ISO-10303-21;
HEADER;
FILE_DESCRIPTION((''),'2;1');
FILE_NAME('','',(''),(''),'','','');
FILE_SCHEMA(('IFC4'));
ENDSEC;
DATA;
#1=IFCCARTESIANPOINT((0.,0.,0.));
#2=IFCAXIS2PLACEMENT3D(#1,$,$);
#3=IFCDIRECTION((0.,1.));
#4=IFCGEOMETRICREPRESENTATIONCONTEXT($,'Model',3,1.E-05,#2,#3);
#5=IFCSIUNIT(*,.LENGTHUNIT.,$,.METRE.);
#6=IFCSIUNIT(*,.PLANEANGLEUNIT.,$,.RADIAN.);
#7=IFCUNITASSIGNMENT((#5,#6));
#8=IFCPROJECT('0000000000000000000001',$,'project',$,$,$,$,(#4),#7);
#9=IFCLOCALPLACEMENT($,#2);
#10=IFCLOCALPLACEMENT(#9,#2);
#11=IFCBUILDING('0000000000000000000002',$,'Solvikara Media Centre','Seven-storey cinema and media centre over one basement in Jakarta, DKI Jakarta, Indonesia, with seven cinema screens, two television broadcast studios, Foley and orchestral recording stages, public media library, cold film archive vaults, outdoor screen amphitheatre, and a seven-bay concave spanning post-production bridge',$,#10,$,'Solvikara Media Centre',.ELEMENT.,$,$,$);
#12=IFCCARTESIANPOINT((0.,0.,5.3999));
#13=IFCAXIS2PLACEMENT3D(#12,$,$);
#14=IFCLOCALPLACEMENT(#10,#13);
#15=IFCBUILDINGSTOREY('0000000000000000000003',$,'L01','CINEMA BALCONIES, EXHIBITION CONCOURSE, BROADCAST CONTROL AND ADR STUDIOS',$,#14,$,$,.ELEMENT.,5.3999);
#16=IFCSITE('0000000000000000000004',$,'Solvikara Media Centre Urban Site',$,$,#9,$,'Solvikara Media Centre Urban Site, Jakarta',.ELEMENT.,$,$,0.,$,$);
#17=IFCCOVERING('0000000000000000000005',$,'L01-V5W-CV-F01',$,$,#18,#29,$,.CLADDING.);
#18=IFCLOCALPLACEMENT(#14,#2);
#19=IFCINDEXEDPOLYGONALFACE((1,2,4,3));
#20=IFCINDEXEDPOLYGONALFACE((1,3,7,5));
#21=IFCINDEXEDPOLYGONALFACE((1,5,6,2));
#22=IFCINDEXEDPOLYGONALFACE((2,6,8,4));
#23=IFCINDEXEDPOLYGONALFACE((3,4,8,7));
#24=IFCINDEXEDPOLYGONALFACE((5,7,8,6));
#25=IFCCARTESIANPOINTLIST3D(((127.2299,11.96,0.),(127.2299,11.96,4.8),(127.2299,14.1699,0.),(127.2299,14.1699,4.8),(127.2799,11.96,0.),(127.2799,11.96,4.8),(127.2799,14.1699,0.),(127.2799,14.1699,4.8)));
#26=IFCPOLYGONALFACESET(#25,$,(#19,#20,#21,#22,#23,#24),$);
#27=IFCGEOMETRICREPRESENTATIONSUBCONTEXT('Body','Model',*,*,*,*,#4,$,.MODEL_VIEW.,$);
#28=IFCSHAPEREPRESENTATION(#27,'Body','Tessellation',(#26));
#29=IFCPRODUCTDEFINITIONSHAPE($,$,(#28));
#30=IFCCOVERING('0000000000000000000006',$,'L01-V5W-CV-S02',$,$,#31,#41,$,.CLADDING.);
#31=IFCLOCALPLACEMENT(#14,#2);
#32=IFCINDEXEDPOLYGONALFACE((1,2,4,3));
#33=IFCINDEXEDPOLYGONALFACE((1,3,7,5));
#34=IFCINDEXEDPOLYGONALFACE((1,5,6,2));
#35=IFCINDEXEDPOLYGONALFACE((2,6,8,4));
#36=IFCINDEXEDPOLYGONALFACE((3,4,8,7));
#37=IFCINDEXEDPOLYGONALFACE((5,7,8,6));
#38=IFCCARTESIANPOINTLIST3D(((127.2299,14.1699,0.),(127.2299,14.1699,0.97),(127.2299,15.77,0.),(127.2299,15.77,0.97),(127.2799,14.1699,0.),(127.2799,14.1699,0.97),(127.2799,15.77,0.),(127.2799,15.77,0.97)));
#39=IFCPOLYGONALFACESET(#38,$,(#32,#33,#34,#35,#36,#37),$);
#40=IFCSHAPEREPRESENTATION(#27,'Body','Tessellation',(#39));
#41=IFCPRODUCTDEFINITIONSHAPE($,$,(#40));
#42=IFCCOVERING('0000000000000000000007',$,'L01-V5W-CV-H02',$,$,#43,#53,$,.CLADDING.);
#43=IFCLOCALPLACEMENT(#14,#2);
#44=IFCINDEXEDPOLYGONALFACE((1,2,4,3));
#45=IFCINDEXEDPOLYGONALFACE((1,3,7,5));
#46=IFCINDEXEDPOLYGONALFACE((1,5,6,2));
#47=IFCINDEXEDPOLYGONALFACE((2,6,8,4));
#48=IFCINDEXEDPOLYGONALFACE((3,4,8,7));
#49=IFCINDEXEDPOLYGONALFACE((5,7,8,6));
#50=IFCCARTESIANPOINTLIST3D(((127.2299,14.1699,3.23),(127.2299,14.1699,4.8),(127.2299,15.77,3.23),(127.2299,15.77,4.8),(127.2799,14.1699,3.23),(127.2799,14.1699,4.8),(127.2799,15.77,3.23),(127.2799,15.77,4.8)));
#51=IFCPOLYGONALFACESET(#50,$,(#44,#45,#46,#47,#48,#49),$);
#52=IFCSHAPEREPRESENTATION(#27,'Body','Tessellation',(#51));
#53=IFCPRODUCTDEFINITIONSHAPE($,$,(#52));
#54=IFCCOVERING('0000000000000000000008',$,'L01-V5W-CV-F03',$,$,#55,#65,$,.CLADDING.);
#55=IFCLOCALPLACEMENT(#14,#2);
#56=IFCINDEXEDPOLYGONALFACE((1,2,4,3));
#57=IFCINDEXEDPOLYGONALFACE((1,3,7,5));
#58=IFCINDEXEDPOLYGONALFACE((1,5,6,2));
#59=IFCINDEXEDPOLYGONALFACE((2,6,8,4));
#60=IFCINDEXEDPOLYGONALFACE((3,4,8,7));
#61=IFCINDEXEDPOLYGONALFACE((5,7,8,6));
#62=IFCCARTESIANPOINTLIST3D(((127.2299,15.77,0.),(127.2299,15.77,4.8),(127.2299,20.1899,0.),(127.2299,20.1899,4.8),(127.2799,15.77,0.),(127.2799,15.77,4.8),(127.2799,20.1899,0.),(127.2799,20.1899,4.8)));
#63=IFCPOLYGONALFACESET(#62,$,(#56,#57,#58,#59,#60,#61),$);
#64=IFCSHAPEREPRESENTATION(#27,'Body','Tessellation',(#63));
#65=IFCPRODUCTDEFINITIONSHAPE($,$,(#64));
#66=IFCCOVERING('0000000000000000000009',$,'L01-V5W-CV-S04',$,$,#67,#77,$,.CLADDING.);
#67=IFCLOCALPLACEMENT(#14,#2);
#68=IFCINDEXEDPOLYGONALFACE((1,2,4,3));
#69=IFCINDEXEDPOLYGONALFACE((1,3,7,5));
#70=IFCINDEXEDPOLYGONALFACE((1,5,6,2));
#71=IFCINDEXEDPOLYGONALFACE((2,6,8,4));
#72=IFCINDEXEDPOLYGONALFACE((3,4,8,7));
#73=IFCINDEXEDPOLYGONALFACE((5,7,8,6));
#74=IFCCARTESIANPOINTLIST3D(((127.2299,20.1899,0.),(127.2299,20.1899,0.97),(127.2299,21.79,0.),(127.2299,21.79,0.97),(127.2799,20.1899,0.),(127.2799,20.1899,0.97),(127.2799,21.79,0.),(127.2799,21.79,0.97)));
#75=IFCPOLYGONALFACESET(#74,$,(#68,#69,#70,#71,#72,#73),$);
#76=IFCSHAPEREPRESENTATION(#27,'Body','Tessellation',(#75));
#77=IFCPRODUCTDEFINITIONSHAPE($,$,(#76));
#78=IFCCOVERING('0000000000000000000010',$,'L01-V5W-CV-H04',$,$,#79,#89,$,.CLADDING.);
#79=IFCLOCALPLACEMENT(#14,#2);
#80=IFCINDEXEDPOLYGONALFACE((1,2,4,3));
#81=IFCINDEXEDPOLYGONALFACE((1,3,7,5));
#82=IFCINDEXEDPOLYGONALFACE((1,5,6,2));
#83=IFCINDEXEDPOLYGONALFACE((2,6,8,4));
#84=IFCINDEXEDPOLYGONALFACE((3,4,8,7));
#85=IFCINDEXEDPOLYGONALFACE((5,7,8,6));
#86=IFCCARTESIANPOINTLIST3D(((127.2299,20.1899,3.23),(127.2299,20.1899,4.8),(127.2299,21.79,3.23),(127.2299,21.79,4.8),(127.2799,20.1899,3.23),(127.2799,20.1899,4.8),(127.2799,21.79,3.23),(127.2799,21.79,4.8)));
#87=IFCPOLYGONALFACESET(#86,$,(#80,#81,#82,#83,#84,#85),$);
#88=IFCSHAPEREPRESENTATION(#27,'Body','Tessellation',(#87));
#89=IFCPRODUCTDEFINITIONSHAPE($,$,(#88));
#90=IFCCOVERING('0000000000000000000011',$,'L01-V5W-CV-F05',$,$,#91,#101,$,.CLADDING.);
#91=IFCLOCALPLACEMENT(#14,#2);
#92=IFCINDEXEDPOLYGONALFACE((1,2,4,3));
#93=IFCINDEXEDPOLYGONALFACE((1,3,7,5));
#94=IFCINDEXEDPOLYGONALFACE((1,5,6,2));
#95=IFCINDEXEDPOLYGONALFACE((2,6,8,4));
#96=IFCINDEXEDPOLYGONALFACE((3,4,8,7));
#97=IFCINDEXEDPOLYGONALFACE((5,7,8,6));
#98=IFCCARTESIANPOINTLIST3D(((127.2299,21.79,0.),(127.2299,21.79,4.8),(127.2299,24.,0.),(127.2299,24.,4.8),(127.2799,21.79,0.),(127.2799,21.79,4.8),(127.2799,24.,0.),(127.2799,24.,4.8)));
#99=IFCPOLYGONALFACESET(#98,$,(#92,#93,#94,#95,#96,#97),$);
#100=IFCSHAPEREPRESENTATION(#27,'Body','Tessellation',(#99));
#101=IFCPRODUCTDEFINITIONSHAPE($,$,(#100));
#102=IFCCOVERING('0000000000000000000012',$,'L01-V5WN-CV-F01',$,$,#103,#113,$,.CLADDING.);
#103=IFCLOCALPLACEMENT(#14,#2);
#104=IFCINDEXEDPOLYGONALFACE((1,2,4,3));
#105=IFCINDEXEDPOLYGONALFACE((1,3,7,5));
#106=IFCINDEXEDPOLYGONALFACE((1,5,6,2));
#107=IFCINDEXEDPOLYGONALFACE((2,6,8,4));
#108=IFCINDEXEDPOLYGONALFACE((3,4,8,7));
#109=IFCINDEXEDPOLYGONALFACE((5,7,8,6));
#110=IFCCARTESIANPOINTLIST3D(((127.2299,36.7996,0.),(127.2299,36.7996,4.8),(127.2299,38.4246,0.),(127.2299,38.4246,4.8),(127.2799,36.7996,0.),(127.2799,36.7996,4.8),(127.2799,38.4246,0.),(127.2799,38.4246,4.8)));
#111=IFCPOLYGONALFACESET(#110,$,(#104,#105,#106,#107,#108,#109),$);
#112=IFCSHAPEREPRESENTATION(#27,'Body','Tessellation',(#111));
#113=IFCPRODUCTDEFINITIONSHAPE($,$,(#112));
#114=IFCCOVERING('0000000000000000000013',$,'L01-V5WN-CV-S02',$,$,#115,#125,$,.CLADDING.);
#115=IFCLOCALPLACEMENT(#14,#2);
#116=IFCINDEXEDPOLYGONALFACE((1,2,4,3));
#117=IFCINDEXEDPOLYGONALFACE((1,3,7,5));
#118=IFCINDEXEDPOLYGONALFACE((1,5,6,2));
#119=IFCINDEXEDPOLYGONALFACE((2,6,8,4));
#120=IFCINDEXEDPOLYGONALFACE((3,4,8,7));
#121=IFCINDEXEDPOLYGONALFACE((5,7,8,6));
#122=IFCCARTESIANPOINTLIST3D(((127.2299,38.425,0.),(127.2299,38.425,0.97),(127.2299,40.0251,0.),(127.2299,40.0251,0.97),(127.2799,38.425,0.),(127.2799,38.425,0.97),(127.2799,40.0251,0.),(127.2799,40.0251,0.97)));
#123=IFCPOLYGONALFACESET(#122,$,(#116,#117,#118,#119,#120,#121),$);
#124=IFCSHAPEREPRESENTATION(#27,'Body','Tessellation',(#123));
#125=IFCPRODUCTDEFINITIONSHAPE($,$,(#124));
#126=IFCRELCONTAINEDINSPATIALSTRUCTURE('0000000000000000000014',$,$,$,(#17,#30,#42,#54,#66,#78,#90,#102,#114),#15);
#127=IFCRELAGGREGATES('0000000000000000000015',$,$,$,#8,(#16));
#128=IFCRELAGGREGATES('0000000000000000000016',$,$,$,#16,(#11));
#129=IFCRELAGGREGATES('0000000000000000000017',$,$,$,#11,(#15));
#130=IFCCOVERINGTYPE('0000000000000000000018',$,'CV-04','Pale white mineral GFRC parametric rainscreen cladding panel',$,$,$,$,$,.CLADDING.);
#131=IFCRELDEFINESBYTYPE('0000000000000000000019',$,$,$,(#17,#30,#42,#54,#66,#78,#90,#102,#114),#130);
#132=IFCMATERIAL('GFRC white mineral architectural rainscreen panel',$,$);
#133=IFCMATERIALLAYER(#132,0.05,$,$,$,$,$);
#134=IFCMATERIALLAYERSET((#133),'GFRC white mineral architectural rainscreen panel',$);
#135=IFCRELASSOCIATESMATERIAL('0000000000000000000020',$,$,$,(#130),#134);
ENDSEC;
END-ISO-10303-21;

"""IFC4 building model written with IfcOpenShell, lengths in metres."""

from ifc_helpers import new_model, si_unit, direction, frame, origin, origin_2d, place, context, subcontext, project, spatial, rectangle, extrude, material, layer, layer_set, type_object, element, save


model = new_model("IFC4")

# Units and contexts
model_context = context("Model", 3, precision=1e-05, world=origin(), true_north=direction((0.0, 1.0)))
body_context = subcontext(model_context, "Body", "Model", "MODEL_VIEW")
ifc_project = project(units=[si_unit("LENGTHUNIT", "METRE"), si_unit("PLANEANGLEUNIT", "RADIAN")], contexts=[model_context])

# Site, building, storey
site_placement = place(None, origin())
site = spatial("IfcSite", under=ifc_project, at=site_placement, Name="Solvikara Media Centre Urban Site", LongName="Solvikara Media Centre Urban Site, Jakarta", CompositionType="ELEMENT", RefElevation=0.0)
building_placement = place(site_placement, origin())
building = spatial("IfcBuilding", under=site, at=building_placement, Name="Solvikara Media Centre", Description="Seven-storey cinema and media centre over one basement in Jakarta, DKI Jakarta, Indonesia, with seven cinema screens, two television broadcast studios, Foley and orchestral recording stages, public media library, cold film archive vaults, outdoor screen amphitheatre, and a seven-bay concave spanning post-production bridge", LongName="Solvikara Media Centre", CompositionType="ELEMENT")
storey_placement = place(building_placement, frame((0.0, 0.0, 5.3999)))
storey = spatial("IfcBuildingStorey", under=building, at=storey_placement, Name="L01", Description="CINEMA BALCONIES, EXHIBITION CONCOURSE, BROADCAST CONTROL AND ADR STUDIOS", CompositionType="ELEMENT", Elevation=5.3999)

# Coverings
ifc_material_1 = material(Name="GFRC white mineral architectural rainscreen panel")
ifc_layer_1 = layer(ifc_material_1, 0.05)
ifc_layer_set_1 = layer_set([ifc_layer_1], Name="GFRC white mineral architectural rainscreen panel")
covering_type = type_object("IfcCoveringType", Name="CV-04", Description="Pale white mineral GFRC parametric rainscreen cladding panel", PredefinedType="CLADDING", material=ifc_layer_set_1)
covering_1_placement = place(storey_placement, frame((127.2549, 13.0649, 0.0), z_axis=(0.0, 0.0, 1.0), x_axis=(0.0, 1.0, 0.0)))
element("IfcCovering", 1, at=covering_1_placement, inside=storey, type_object=covering_type, Name="L01-V5W-CV-F01", PredefinedType="CLADDING", context=body_context, shape_type="SweptSolid", body=[
    extrude(rectangle(XDim=2.21, YDim=0.05, at=origin_2d()), origin(), (0.0, 0.0, 1.0), 4.8),
])
covering_2_placement = place(storey_placement, frame((127.2549, 14.97, 0.0), z_axis=(0.0, 0.0, 1.0), x_axis=(0.0, 1.0, 0.0)))
element("IfcCovering", 2, at=covering_2_placement, inside=storey, type_object=covering_type, Name="L01-V5W-CV-S02", PredefinedType="CLADDING", context=body_context, shape_type="SweptSolid", body=[
    extrude(rectangle(XDim=1.6001, YDim=0.05, at=origin_2d()), origin(), (0.0, 0.0, 1.0), 0.97),
])
covering_3_placement = place(storey_placement, frame((127.2549, 14.97, 3.23), z_axis=(0.0, 0.0, 1.0), x_axis=(0.0, 1.0, 0.0)))
element("IfcCovering", 3, at=covering_3_placement, inside=storey, type_object=covering_type, Name="L01-V5W-CV-H02", PredefinedType="CLADDING", context=body_context, shape_type="SweptSolid", body=[
    extrude(rectangle(XDim=1.6001, YDim=0.05, at=origin_2d()), origin(), (0.0, 0.0, 1.0), 1.5701),
])
covering_4_placement = place(storey_placement, frame((127.2549, 17.98, 0.0), z_axis=(0.0, 0.0, 1.0), x_axis=(0.0, 1.0, 0.0)))
element("IfcCovering", 4, at=covering_4_placement, inside=storey, type_object=covering_type, Name="L01-V5W-CV-F03", PredefinedType="CLADDING", context=body_context, shape_type="SweptSolid", body=[
    extrude(rectangle(XDim=4.4199, YDim=0.05, at=origin_2d()), origin(), (0.0, 0.0, 1.0), 4.8),
])
covering_5_placement = place(storey_placement, frame((127.2549, 20.99, 0.0), z_axis=(0.0, 0.0, 1.0), x_axis=(0.0, 1.0, 0.0)))
element("IfcCovering", 5, at=covering_5_placement, inside=storey, type_object=covering_type, Name="L01-V5W-CV-S04", PredefinedType="CLADDING", context=body_context, shape_type="SweptSolid", body=[
    extrude(rectangle(XDim=1.6001, YDim=0.05, at=origin_2d()), origin(), (0.0, 0.0, 1.0), 0.97),
])
covering_6_placement = place(storey_placement, frame((127.2549, 20.99, 3.23), z_axis=(0.0, 0.0, 1.0), x_axis=(0.0, 1.0, 0.0)))
element("IfcCovering", 6, at=covering_6_placement, inside=storey, type_object=covering_type, Name="L01-V5W-CV-H04", PredefinedType="CLADDING", context=body_context, shape_type="SweptSolid", body=[
    extrude(rectangle(XDim=1.6001, YDim=0.05, at=origin_2d()), origin(), (0.0, 0.0, 1.0), 1.5701),
])
covering_7_placement = place(storey_placement, frame((127.2549, 22.895, 0.0), z_axis=(0.0, 0.0, 1.0), x_axis=(0.0, 1.0, 0.0)))
element("IfcCovering", 7, at=covering_7_placement, inside=storey, type_object=covering_type, Name="L01-V5W-CV-F05", PredefinedType="CLADDING", context=body_context, shape_type="SweptSolid", body=[
    extrude(rectangle(XDim=2.21, YDim=0.05, at=origin_2d()), origin(), (0.0, 0.0, 1.0), 4.8),
])
covering_8_placement = place(storey_placement, frame((127.2549, 37.6121, 0.0), z_axis=(0.0, 0.0, 1.0), x_axis=(0.0, 1.0, 0.0)))
element("IfcCovering", 8, at=covering_8_placement, inside=storey, type_object=covering_type, Name="L01-V5WN-CV-F01", PredefinedType="CLADDING", context=body_context, shape_type="SweptSolid", body=[
    extrude(rectangle(XDim=1.625, YDim=0.05, at=origin_2d()), origin(), (0.0, 0.0, 1.0), 4.8),
])
covering_9_placement = place(storey_placement, frame((127.2549, 39.2251, 0.0), z_axis=(0.0, 0.0, 1.0), x_axis=(0.0, 1.0, 0.0)))
element("IfcCovering", 9, at=covering_9_placement, inside=storey, type_object=covering_type, Name="L01-V5WN-CV-S02", PredefinedType="CLADDING", context=body_context, shape_type="SweptSolid", body=[
    extrude(rectangle(XDim=1.6001, YDim=0.05, at=origin_2d()), origin(), (0.0, 0.0, 1.0), 0.97),
])

save(model, "model.ifc")
